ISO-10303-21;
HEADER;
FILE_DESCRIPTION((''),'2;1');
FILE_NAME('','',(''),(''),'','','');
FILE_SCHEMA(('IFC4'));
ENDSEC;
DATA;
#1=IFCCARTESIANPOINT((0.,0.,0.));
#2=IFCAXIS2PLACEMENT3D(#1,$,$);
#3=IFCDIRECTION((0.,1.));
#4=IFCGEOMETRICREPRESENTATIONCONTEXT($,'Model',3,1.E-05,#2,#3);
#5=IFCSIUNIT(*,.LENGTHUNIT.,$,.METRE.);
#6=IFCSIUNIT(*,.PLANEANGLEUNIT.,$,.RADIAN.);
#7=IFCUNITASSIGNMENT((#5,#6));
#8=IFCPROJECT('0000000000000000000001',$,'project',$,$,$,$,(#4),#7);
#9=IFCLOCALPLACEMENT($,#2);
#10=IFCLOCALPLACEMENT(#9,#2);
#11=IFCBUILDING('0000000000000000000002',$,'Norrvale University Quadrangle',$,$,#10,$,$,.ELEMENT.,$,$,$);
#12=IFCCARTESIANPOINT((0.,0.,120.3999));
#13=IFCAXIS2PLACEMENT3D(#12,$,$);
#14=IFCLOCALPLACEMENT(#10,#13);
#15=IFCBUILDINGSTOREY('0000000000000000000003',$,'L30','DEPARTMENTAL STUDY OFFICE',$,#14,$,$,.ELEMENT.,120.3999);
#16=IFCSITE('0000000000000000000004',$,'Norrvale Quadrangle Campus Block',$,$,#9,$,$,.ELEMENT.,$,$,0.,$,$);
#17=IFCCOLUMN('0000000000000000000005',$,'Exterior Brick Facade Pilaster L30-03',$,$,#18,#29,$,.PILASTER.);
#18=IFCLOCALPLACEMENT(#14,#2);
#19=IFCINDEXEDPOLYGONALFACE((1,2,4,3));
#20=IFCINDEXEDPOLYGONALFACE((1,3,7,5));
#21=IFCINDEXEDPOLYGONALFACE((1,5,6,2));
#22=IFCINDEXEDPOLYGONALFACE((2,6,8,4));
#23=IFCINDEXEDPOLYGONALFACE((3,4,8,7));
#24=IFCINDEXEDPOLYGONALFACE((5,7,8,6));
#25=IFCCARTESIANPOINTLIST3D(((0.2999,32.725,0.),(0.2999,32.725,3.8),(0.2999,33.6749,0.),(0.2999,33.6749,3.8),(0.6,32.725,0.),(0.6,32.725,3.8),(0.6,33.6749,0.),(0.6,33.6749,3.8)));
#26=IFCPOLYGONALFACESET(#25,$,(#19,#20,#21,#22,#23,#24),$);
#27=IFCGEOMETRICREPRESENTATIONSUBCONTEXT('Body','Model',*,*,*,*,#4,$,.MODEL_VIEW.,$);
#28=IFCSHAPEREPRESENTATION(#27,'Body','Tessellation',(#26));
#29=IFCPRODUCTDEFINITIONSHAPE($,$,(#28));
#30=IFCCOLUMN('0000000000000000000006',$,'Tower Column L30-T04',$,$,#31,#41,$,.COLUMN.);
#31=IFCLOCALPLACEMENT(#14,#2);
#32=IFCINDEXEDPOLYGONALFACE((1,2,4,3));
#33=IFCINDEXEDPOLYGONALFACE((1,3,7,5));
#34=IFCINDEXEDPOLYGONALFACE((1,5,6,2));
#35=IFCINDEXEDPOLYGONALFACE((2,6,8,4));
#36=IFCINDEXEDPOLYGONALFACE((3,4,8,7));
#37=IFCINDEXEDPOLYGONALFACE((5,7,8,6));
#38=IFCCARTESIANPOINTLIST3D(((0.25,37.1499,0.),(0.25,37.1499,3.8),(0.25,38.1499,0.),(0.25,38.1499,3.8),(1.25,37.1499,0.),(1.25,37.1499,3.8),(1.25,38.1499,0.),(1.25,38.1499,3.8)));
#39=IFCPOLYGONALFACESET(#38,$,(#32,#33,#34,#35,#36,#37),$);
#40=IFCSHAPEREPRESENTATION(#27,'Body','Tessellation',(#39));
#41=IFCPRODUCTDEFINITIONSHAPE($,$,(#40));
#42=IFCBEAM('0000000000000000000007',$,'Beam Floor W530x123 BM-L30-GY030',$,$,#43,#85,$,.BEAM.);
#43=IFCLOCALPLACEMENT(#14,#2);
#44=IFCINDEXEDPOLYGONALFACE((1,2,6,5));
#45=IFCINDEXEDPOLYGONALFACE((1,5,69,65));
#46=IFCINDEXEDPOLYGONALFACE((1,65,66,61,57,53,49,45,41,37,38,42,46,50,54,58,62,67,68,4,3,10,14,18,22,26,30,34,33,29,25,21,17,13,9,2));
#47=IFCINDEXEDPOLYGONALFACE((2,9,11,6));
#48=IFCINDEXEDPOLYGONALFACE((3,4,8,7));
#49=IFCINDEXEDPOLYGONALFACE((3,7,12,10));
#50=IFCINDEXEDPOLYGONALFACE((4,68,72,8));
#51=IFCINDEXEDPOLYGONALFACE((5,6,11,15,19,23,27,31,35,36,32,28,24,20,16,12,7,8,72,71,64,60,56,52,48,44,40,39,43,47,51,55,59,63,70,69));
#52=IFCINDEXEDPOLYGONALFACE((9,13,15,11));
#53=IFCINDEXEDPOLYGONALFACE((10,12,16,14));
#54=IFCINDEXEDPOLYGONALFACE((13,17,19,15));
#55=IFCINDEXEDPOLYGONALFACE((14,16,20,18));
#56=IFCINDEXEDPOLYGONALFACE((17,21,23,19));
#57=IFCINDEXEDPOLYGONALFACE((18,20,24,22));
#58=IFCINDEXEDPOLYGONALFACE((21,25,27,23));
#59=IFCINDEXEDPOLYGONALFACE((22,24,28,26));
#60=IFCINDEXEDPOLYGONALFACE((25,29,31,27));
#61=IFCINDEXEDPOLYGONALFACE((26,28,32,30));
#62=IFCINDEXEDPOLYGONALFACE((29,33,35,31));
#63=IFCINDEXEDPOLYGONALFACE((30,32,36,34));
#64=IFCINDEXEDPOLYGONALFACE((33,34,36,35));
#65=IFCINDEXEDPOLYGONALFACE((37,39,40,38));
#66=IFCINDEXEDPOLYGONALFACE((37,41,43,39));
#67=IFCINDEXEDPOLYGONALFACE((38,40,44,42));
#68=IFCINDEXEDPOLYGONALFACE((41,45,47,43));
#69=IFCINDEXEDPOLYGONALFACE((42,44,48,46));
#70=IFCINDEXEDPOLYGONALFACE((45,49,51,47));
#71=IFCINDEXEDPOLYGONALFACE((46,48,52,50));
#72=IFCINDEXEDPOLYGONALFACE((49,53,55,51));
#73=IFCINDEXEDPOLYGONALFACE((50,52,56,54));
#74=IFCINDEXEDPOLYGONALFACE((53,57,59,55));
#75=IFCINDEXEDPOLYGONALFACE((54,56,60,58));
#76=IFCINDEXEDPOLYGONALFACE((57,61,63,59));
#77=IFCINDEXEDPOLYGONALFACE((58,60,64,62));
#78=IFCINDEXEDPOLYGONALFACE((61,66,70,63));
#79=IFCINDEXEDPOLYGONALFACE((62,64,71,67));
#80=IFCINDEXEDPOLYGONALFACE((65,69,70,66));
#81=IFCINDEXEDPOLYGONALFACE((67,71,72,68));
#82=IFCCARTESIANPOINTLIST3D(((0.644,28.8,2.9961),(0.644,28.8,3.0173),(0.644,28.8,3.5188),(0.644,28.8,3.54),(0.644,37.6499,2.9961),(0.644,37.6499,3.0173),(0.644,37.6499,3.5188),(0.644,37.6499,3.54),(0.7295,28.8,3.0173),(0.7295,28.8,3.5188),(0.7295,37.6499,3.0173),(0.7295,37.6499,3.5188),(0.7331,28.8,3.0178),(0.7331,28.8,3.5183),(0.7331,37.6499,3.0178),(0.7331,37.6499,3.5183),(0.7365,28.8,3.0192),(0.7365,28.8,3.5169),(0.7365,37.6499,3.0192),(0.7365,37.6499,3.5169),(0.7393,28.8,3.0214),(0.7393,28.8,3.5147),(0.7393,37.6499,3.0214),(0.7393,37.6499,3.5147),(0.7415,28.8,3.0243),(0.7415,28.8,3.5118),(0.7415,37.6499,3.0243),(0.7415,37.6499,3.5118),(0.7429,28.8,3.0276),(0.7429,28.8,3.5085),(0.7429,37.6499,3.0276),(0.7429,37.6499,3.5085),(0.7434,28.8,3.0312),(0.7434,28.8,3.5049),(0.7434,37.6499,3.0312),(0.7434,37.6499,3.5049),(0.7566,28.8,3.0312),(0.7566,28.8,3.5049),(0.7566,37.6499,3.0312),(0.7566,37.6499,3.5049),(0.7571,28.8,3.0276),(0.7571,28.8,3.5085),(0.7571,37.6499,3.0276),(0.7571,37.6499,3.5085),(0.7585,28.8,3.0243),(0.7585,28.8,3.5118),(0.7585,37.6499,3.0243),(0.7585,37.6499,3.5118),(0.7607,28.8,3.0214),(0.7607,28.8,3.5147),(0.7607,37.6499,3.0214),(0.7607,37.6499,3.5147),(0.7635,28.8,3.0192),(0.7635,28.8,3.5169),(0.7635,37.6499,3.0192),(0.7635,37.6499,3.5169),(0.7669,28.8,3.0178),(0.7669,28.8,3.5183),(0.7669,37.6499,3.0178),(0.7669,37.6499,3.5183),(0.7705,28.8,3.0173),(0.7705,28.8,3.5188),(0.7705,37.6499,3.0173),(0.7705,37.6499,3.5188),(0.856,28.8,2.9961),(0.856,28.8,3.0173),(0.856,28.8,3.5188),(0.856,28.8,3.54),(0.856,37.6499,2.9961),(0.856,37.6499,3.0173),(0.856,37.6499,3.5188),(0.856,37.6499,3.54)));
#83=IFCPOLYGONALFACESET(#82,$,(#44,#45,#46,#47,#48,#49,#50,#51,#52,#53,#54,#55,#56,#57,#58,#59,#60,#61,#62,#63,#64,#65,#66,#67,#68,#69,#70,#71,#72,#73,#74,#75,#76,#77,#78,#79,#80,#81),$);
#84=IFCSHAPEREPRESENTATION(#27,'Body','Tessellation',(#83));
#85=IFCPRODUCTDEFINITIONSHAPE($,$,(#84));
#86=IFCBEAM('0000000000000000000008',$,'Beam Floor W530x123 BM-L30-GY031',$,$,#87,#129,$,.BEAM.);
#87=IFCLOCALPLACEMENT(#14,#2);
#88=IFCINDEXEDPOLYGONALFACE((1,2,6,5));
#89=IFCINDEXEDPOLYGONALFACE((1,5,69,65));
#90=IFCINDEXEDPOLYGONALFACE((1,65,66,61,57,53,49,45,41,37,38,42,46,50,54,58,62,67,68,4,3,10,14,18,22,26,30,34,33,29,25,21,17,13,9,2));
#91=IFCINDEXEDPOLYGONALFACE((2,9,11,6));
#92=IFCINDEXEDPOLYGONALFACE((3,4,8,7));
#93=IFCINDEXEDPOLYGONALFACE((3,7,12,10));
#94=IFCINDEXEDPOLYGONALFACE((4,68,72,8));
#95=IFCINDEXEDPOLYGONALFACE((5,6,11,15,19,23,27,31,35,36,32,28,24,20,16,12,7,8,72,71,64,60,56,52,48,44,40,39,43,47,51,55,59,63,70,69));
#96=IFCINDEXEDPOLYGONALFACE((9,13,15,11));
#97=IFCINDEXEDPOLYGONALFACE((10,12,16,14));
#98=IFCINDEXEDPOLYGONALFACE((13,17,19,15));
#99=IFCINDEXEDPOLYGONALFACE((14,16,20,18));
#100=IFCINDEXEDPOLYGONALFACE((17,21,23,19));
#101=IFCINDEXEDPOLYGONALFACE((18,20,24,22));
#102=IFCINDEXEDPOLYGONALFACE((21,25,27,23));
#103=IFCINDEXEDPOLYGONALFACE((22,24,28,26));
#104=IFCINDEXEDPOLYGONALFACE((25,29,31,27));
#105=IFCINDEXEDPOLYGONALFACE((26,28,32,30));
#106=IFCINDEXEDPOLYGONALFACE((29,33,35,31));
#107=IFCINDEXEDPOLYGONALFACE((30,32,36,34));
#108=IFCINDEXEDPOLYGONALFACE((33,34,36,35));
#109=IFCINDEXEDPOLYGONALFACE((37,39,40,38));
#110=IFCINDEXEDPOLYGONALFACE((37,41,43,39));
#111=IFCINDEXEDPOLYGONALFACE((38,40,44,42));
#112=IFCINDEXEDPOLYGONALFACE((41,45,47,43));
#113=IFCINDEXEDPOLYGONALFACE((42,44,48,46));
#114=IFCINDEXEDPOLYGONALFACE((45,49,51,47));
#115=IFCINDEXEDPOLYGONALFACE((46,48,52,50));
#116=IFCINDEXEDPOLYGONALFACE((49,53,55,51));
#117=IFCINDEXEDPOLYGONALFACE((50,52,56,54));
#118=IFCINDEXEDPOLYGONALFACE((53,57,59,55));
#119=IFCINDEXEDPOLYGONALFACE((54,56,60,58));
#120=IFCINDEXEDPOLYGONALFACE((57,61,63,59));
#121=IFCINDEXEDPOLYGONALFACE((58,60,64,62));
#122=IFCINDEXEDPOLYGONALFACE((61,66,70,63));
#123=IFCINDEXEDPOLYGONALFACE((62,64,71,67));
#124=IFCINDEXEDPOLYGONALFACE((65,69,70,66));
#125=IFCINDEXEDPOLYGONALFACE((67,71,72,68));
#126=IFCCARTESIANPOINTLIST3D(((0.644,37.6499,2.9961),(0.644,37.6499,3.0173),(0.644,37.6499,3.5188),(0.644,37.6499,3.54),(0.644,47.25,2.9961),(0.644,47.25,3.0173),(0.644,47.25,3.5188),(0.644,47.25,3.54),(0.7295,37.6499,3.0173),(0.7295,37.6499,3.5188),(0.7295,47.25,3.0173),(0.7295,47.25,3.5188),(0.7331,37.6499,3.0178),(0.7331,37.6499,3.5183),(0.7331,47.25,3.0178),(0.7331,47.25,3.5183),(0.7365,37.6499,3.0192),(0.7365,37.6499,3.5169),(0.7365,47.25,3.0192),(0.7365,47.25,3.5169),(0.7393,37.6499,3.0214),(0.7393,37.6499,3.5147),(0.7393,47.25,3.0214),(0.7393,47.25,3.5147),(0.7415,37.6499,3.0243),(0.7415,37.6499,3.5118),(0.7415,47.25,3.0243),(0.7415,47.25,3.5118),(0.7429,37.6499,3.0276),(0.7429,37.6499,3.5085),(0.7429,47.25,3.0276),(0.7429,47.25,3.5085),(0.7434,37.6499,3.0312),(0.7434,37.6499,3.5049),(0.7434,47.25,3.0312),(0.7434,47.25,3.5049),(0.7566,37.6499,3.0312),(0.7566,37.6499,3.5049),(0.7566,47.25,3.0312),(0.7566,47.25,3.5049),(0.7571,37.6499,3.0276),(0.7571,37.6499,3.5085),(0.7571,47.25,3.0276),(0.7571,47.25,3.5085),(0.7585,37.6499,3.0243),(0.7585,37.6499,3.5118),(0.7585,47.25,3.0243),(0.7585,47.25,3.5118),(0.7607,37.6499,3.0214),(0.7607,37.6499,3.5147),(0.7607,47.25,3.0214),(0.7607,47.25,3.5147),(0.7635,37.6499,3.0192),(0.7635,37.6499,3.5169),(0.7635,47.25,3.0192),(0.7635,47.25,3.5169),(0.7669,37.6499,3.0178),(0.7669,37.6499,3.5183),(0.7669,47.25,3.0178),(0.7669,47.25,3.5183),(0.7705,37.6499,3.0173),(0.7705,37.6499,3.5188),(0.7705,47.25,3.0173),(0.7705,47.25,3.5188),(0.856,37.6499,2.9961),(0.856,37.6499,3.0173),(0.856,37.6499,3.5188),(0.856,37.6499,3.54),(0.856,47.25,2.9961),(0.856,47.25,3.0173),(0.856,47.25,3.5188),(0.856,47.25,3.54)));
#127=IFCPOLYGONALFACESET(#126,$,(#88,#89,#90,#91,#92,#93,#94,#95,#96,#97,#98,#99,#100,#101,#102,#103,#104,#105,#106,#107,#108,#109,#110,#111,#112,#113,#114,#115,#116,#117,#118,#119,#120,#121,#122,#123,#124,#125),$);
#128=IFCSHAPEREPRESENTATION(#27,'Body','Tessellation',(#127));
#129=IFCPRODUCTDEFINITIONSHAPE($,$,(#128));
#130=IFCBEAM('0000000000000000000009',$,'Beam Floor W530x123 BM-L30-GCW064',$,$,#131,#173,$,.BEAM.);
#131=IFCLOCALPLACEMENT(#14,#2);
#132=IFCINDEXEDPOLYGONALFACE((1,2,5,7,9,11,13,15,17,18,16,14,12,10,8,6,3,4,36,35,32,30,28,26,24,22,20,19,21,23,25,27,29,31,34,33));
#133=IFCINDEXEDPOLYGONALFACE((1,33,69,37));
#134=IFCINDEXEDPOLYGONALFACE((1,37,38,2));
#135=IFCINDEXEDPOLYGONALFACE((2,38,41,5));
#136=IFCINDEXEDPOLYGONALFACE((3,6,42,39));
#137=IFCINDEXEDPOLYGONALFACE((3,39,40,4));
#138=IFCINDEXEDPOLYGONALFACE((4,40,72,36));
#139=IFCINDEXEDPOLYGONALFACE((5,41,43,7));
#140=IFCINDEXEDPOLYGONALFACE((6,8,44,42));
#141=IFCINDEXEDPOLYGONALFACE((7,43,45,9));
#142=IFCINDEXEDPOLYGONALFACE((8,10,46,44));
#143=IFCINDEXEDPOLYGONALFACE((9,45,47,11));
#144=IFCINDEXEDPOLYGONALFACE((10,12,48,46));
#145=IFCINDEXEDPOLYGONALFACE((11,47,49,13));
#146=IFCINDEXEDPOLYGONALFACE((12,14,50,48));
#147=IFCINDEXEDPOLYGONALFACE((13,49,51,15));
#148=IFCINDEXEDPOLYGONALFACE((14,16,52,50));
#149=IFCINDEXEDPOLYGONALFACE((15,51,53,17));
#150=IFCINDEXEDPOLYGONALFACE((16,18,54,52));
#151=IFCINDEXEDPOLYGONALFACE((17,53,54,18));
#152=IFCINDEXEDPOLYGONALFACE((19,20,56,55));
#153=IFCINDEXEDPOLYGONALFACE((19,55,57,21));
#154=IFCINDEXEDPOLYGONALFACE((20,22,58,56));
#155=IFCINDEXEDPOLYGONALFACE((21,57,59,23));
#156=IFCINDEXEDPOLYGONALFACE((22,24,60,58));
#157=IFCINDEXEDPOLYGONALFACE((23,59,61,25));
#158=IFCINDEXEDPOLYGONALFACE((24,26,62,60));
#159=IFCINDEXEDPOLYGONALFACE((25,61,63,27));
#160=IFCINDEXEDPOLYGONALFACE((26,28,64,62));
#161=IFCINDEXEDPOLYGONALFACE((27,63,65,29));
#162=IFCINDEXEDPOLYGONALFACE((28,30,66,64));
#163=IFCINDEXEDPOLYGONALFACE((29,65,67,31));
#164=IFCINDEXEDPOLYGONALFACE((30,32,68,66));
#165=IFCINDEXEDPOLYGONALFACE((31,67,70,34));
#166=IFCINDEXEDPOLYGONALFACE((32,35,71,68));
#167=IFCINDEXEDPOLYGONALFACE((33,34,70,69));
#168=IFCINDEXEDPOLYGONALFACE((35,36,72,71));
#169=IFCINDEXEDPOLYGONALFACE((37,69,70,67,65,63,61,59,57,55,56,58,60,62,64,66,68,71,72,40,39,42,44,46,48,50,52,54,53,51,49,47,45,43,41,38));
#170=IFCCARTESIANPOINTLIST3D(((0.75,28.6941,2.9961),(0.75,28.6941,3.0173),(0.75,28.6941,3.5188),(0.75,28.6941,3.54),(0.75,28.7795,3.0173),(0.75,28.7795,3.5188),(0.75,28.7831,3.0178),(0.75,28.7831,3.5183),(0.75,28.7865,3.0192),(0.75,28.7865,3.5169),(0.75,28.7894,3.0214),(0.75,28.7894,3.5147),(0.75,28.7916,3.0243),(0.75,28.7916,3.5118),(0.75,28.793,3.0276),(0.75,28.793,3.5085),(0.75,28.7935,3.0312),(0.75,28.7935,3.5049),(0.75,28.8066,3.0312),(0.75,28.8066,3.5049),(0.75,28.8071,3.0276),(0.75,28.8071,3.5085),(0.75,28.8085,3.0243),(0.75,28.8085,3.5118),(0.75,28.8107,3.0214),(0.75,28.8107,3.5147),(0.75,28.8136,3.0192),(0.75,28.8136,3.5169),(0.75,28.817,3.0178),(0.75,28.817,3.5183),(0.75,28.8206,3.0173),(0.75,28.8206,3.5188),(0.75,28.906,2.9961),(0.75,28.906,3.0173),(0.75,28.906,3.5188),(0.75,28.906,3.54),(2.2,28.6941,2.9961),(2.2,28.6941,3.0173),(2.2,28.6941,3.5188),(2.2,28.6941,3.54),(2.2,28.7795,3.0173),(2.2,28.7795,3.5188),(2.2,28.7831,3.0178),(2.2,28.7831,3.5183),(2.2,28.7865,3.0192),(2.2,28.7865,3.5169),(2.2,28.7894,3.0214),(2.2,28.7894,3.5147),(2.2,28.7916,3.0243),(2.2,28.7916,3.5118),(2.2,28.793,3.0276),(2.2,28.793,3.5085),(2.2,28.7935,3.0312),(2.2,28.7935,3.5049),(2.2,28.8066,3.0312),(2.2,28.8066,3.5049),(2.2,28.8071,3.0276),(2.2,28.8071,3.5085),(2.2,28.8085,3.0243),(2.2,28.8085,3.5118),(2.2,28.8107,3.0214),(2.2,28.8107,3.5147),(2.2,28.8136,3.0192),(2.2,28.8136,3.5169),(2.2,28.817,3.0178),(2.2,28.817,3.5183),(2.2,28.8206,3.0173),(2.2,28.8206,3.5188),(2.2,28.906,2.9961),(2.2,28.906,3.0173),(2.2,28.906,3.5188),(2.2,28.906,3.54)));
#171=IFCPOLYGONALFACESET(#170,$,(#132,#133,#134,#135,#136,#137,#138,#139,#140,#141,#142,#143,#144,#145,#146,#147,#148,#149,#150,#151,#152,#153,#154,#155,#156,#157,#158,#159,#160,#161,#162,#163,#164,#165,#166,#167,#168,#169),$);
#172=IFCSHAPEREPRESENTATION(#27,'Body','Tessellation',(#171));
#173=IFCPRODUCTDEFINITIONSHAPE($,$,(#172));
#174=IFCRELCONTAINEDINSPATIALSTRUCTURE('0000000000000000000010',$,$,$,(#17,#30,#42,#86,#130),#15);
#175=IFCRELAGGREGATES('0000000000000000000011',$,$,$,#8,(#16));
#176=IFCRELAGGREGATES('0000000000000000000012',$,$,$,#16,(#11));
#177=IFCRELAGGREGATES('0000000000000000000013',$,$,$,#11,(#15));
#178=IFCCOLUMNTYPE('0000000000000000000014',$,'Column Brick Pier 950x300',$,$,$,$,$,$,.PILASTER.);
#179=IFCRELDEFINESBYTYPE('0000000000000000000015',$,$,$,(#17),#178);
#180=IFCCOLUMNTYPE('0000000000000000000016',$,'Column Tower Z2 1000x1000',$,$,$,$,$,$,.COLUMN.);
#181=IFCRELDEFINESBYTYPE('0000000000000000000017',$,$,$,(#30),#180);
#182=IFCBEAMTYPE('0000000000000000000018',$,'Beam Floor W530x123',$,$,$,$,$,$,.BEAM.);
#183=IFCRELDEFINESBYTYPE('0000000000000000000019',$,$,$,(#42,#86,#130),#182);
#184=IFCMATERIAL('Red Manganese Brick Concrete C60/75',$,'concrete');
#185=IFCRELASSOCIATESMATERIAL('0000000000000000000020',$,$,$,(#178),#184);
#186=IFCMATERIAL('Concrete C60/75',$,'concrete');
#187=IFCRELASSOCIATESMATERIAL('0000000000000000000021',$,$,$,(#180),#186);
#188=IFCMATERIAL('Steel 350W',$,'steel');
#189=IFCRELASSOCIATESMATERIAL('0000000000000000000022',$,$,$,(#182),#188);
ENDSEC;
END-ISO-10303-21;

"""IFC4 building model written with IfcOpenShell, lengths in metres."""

from ifc_helpers import new_model, si_unit, direction, frame, origin, origin_2d, place, context, subcontext, project, spatial, rectangle, i_section, extrude, material, material_profile, profile_set, type_object, element, save


model = new_model("IFC4")

# Units and contexts
model_context = context("Model", 3, precision=1e-05, world=origin(), true_north=direction((0.0, 1.0)))
body_context = subcontext(model_context, "Body", "Model", "MODEL_VIEW")
ifc_project = project(units=[si_unit("LENGTHUNIT", "METRE"), si_unit("PLANEANGLEUNIT", "RADIAN")], contexts=[model_context])

# Site, building, storey
site_placement = place(None, origin())
site = spatial("IfcSite", under=ifc_project, at=site_placement, Name="Norrvale Quadrangle Campus Block", CompositionType="ELEMENT", RefElevation=0.0)
building_placement = place(site_placement, origin())
building = spatial("IfcBuilding", under=site, at=building_placement, Name="Norrvale University Quadrangle", CompositionType="ELEMENT")
storey_placement = place(building_placement, frame((0.0, 0.0, 120.3999)))
storey = spatial("IfcBuildingStorey", under=building, at=storey_placement, Name="L30", Description="DEPARTMENTAL STUDY OFFICE", CompositionType="ELEMENT", Elevation=120.3999)

# Columns
ifc_material_1 = material(Name="Red Manganese Brick Concrete C60/75", Category="concrete")
ifc_material_profile_1 = material_profile(ifc_material_1, rectangle(XDim=0.95, YDim=0.3, at=origin_2d()), Name="Red Manganese Brick Concrete C60/75")
ifc_profile_set_1 = profile_set([ifc_material_profile_1], Name="Red Manganese Brick Concrete C60/75")
column_type_1 = type_object("IfcColumnType", Name="Column Brick Pier 950x300", PredefinedType="PILASTER", material=ifc_profile_set_1)
column_1_placement = place(storey_placement, frame((0.45, 33.2, 0.0), z_axis=(0.0, 0.0, 1.0), x_axis=(0.0, 1.0, 0.0)))
element("IfcColumn", 1, at=column_1_placement, inside=storey, type_object=column_type_1, Name="Exterior Brick Facade Pilaster L30-03", PredefinedType="PILASTER", context=body_context, shape_type="SweptSolid", body=[
    extrude(rectangle(XDim=0.95, YDim=0.3, at=origin_2d()), origin(), (0.0, 0.0, 1.0), 3.8),
])
ifc_material_2 = material(Name="Concrete C60/75", Category="concrete")
ifc_material_profile_2 = material_profile(ifc_material_2, rectangle(XDim=1.0, YDim=1.0, at=origin_2d()), Name="Concrete C60/75")
ifc_profile_set_2 = profile_set([ifc_material_profile_2], Name="Concrete C60/75")
column_type_2 = type_object("IfcColumnType", Name="Column Tower Z2 1000x1000", PredefinedType="COLUMN", material=ifc_profile_set_2)
column_2_placement = place(storey_placement, frame((0.75, 37.6499, 0.0), z_axis=(0.0, 0.0, 1.0), x_axis=(1.0, 0.0, 0.0)))
element("IfcColumn", 2, at=column_2_placement, inside=storey, type_object=column_type_2, Name="Tower Column L30-T04", PredefinedType="COLUMN", context=body_context, shape_type="SweptSolid", body=[
    extrude(rectangle(XDim=1.0, YDim=1.0, at=origin_2d()), origin(), (0.0, 0.0, 1.0), 3.8),
])

# Beams
ifc_material_3 = material(Name="Steel 350W", Category="steel")
ifc_material_profile_3 = material_profile(ifc_material_3, i_section(OverallWidth=0.2119, OverallDepth=0.5439, WebThickness=0.0132, FlangeThickness=0.0212, FilletRadius=0.0139, at=origin_2d()), Name="Steel 350W")
ifc_profile_set_3 = profile_set([ifc_material_profile_3], Name="Steel 350W")
beam_type = type_object("IfcBeamType", Name="Beam Floor W530x123", PredefinedType="BEAM", material=ifc_profile_set_3)
beam_1_placement = place(storey_placement, frame((0.75, 28.8, 3.2681), z_axis=(0.0, 1.0, 0.0), x_axis=(-1.0, 0.0, 0.0)))
element("IfcBeam", 3, at=beam_1_placement, inside=storey, type_object=beam_type, Name="Beam Floor W530x123 BM-L30-GY030", PredefinedType="BEAM", context=body_context, shape_type="SweptSolid", body=[
    extrude(i_section(OverallWidth=0.2119, OverallDepth=0.5439, WebThickness=0.0132, FlangeThickness=0.0212, FilletRadius=0.0139, at=origin_2d()), origin(), (0.0, 0.0, 1.0), 8.8499),
])
beam_2_placement = place(storey_placement, frame((0.75, 37.6499, 3.2681), z_axis=(0.0, 1.0, 0.0), x_axis=(-1.0, 0.0, 0.0)))
element("IfcBeam", 4, at=beam_2_placement, inside=storey, type_object=beam_type, Name="Beam Floor W530x123 BM-L30-GY031", PredefinedType="BEAM", context=body_context, shape_type="SweptSolid", body=[
    extrude(i_section(OverallWidth=0.2119, OverallDepth=0.5439, WebThickness=0.0132, FlangeThickness=0.0212, FilletRadius=0.0139, at=origin_2d()), origin(), (0.0, 0.0, 1.0), 9.6001),
])
for number, where, z_axis, x_axis, name in (
    (5, (0.75, 28.8, 3.2681), (1.0, 0.0, 0.0), (0.0, 1.0, 0.0), "Beam Floor W530x123 BM-L30-GCW064"),
):
    element("IfcBeam", number, at=place(storey_placement, frame(where, z_axis=z_axis, x_axis=x_axis)), inside=storey, type_object=beam_type, Name=name, PredefinedType="BEAM", context=body_context, shape_type="SweptSolid", body=[
        extrude(i_section(OverallWidth=0.2119, OverallDepth=0.5439, WebThickness=0.0132, FlangeThickness=0.0212, FilletRadius=0.0139, at=origin_2d()), origin(), (0.0, 0.0, 1.0), 1.45),
    ])

save(model, "model.ifc")
